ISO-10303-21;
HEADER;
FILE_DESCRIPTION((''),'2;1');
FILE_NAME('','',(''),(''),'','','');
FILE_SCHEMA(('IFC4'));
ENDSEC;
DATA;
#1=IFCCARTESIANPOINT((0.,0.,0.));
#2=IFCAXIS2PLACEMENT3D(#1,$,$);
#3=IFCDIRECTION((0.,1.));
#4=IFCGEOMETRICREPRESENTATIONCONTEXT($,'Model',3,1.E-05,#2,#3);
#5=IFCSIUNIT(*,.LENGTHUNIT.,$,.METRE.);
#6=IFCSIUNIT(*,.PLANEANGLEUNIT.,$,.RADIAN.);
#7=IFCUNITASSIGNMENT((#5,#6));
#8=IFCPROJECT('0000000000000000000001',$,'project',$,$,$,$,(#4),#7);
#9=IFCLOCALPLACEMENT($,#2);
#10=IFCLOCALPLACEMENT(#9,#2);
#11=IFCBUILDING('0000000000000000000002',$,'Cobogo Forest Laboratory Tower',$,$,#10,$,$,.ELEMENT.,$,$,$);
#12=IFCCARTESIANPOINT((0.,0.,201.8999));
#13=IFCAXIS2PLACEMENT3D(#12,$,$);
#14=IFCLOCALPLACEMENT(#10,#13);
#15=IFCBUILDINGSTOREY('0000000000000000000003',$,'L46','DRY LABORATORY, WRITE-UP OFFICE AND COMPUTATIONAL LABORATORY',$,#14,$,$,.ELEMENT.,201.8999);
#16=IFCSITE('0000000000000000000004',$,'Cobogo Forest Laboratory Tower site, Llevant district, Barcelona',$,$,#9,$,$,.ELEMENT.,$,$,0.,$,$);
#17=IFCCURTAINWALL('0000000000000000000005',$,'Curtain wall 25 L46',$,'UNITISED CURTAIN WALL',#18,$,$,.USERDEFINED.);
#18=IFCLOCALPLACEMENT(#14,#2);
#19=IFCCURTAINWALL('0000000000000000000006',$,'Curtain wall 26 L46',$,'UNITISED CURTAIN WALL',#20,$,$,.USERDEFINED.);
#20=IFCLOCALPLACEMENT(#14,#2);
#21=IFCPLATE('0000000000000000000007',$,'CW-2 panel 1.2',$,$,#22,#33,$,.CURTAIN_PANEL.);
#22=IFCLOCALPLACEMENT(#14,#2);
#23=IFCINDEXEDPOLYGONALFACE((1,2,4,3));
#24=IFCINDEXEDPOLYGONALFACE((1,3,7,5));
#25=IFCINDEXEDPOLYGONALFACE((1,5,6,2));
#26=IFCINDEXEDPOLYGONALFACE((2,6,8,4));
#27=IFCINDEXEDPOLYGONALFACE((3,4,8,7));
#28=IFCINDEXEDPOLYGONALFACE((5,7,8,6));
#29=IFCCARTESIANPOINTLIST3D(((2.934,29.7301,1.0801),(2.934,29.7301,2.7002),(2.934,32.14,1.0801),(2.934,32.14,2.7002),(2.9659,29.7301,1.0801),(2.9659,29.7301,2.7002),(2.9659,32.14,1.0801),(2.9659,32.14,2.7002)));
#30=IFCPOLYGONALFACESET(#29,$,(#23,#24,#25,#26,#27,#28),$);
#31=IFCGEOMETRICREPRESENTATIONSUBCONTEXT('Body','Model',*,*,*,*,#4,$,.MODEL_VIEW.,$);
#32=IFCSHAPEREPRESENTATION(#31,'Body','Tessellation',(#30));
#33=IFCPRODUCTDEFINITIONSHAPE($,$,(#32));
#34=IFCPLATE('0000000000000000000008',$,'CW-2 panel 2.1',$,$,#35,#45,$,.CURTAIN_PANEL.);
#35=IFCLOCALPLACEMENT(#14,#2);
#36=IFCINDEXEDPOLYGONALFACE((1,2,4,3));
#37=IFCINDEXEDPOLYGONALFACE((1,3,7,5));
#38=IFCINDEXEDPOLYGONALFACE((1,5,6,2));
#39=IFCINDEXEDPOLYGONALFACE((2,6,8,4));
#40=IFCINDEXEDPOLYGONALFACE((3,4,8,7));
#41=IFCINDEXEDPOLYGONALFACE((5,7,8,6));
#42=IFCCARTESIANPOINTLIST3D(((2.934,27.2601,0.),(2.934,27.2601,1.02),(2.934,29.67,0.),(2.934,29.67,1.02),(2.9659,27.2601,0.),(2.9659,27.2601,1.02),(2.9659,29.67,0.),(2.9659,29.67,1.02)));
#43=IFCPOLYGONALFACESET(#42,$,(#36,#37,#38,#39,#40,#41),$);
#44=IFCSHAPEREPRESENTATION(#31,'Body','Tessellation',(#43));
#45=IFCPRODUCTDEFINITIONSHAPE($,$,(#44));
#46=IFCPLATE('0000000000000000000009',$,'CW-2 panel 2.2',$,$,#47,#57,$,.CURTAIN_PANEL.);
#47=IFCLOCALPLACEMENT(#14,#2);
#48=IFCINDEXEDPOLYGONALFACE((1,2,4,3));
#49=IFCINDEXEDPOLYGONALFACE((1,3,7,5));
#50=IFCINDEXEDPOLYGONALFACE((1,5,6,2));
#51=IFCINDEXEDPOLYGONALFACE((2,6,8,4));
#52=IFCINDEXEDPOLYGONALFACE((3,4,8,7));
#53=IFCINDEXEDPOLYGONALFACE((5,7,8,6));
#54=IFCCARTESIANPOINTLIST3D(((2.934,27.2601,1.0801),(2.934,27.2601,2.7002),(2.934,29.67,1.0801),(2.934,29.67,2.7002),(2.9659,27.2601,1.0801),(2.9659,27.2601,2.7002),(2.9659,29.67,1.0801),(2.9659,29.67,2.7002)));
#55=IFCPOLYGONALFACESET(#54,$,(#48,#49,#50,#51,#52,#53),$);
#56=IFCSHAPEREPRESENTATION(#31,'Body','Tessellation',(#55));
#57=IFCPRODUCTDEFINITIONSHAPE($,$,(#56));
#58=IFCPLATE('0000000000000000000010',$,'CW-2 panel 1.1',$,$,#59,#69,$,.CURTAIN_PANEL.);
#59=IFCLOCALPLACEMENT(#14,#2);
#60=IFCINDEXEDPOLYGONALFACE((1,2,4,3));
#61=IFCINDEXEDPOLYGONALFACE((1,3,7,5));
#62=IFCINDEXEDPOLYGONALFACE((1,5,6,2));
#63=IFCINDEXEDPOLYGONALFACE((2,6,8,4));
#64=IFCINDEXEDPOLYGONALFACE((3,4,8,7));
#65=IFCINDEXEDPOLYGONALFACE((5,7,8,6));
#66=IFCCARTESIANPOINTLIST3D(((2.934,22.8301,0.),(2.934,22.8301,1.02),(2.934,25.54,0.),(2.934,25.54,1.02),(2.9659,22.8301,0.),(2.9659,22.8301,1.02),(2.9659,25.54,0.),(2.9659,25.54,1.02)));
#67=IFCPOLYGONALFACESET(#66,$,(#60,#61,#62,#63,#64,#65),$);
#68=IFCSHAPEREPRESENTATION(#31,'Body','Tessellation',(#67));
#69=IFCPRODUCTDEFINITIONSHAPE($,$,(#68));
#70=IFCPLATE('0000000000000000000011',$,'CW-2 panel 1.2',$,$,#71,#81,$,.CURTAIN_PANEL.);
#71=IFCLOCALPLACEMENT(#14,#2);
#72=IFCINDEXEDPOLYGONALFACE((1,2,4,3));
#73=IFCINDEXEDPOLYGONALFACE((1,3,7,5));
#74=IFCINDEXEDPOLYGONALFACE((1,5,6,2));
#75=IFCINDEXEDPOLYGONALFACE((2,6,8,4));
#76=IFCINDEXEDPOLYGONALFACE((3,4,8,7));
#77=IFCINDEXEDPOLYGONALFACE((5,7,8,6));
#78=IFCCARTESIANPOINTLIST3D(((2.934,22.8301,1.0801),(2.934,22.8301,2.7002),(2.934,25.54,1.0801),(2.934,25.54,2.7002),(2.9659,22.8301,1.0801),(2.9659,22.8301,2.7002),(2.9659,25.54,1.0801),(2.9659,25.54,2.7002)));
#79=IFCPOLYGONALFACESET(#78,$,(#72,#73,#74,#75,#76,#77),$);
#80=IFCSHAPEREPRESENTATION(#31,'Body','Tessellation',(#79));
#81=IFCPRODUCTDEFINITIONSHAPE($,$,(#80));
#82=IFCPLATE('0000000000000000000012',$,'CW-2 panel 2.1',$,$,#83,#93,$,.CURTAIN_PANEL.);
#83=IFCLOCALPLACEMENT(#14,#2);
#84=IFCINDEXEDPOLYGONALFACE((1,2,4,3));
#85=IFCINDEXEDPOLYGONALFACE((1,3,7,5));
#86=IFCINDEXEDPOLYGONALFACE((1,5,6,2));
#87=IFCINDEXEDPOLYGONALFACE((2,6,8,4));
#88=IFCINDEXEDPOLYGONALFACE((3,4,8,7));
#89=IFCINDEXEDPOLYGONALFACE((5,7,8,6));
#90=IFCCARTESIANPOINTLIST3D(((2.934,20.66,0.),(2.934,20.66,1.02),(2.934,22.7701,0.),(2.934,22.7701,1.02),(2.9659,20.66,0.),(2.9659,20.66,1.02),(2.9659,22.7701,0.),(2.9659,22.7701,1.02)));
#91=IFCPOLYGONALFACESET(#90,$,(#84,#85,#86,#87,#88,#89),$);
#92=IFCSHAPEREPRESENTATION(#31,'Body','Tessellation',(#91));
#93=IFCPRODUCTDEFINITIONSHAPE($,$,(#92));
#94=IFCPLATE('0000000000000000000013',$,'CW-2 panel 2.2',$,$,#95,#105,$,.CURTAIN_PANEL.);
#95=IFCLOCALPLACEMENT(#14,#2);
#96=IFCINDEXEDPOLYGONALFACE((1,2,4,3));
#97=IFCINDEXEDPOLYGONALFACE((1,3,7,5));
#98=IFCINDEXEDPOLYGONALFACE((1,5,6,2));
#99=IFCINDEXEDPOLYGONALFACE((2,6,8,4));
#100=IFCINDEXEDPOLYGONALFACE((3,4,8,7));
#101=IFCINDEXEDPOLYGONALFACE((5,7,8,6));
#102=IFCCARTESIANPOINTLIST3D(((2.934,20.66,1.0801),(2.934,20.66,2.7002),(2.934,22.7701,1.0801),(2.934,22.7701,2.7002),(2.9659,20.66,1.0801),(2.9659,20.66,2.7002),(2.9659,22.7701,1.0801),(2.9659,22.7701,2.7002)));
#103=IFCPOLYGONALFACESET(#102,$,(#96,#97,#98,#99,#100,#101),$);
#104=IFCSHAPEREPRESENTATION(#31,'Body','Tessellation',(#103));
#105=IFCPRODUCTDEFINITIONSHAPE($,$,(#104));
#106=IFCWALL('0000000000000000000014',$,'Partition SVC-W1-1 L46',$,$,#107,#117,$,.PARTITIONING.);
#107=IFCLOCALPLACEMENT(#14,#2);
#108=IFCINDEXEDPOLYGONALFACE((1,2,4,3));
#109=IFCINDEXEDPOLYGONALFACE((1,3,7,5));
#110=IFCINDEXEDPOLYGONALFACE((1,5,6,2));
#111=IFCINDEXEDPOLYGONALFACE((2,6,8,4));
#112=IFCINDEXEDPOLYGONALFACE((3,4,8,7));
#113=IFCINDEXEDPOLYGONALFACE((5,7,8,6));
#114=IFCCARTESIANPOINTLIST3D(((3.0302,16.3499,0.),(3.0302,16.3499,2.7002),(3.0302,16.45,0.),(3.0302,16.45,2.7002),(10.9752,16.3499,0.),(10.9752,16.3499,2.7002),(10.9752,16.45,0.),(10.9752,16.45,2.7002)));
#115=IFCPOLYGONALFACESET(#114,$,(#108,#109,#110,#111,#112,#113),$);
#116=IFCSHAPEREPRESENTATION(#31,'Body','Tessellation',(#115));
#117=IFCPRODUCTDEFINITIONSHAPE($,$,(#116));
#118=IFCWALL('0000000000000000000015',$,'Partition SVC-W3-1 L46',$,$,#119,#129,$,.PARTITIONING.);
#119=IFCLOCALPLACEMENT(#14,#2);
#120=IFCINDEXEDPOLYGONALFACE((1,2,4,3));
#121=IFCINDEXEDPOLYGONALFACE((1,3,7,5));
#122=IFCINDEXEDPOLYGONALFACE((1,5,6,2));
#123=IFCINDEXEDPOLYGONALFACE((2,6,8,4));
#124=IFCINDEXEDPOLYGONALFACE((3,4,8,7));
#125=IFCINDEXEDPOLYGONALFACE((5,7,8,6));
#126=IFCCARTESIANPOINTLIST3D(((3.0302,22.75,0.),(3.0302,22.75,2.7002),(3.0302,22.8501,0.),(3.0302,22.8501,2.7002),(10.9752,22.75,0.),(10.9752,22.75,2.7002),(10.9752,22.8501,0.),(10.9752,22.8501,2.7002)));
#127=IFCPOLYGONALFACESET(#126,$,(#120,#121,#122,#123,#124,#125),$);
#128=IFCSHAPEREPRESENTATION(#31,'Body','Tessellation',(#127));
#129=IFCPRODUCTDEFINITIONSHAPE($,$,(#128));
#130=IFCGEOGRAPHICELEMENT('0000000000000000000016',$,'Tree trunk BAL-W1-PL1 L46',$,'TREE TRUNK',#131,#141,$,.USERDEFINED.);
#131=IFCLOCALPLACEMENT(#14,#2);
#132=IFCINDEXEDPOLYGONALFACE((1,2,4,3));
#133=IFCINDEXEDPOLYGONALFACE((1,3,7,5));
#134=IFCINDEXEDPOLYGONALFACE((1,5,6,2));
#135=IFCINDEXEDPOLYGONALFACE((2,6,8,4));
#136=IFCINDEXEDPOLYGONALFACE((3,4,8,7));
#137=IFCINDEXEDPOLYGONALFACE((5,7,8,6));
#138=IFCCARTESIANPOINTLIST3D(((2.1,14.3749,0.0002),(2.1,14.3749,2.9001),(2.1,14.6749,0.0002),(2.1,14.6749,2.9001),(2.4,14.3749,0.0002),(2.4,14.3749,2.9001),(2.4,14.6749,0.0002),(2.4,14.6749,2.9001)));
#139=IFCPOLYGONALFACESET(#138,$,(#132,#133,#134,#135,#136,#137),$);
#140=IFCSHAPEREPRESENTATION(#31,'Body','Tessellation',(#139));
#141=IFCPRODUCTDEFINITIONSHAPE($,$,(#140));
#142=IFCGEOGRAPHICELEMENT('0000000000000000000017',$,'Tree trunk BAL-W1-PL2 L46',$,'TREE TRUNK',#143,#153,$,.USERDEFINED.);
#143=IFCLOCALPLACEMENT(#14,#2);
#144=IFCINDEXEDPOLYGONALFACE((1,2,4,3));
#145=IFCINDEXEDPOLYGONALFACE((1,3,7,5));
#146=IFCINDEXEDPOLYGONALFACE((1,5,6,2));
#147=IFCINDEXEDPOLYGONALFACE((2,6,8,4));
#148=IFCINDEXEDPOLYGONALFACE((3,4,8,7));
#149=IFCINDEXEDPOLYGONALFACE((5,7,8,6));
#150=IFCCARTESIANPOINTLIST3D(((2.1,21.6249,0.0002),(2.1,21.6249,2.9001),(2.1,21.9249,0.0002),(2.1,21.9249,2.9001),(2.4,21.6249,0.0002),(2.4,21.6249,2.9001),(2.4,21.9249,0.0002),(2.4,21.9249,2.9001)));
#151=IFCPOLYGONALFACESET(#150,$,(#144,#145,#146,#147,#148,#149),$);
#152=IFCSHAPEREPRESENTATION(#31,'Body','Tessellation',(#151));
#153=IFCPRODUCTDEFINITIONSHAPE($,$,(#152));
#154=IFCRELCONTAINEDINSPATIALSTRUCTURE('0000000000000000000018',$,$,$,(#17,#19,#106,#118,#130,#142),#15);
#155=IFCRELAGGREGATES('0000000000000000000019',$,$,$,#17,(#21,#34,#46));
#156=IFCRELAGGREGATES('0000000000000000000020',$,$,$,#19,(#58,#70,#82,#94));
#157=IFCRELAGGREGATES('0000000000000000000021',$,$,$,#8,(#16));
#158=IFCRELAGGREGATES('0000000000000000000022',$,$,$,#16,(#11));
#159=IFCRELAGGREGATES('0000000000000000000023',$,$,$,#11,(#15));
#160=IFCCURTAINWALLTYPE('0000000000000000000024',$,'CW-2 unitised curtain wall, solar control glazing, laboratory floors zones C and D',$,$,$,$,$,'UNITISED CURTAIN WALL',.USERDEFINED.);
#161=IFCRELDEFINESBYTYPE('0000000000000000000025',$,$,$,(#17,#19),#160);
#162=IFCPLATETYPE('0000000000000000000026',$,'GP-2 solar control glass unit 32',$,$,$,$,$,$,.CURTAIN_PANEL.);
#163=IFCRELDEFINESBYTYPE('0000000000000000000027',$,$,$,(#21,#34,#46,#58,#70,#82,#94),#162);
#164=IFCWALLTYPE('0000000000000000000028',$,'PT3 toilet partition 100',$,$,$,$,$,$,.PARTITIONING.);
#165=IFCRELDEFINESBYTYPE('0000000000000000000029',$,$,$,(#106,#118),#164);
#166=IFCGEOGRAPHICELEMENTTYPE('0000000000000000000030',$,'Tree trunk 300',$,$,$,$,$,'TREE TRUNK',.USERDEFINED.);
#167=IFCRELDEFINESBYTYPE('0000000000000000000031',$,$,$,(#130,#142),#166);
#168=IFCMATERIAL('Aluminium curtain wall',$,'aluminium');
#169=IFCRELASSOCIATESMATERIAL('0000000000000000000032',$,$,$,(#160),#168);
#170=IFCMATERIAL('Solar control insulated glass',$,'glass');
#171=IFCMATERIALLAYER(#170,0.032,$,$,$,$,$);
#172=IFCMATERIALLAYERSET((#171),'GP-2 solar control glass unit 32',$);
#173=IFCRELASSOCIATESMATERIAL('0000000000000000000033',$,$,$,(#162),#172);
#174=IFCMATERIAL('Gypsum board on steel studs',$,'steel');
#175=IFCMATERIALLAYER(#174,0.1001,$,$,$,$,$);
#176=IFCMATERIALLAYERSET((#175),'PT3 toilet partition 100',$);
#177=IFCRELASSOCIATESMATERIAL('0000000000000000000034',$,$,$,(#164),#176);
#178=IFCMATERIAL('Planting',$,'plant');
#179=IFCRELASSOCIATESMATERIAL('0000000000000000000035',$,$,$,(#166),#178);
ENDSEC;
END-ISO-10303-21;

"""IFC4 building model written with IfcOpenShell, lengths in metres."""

from ifc_helpers import new_model, si_unit, direction, frame, frame_2d, origin, origin_2d, place, context, subcontext, project, spatial, rectangle, extrude, material, layer, layer_set, type_object, element, aggregate, save


model = new_model("IFC4")

# Units and contexts
model_context = context("Model", 3, precision=1e-05, world=origin(), true_north=direction((0.0, 1.0)))
body_context = subcontext(model_context, "Body", "Model", "MODEL_VIEW")
ifc_project = project(units=[si_unit("LENGTHUNIT", "METRE"), si_unit("PLANEANGLEUNIT", "RADIAN")], contexts=[model_context])

# Site, building, storey
site_placement = place(None, origin())
site = spatial("IfcSite", under=ifc_project, at=site_placement, Name="Cobogo Forest Laboratory Tower site, Llevant district, Barcelona", CompositionType="ELEMENT", RefElevation=0.0)
building_placement = place(site_placement, origin())
building = spatial("IfcBuilding", under=site, at=building_placement, Name="Cobogo Forest Laboratory Tower", CompositionType="ELEMENT")
storey_placement = place(building_placement, frame((0.0, 0.0, 201.8999)))
storey = spatial("IfcBuildingStorey", under=building, at=storey_placement, Name="L46", Description="DRY LABORATORY, WRITE-UP OFFICE AND COMPUTATIONAL LABORATORY", CompositionType="ELEMENT", Elevation=201.8999)

# Curtain walls
ifc_material_1 = material(Name="Aluminium curtain wall", Category="aluminium")
curtain_wall_type = type_object("IfcCurtainWallType", Name="CW-2 unitised curtain wall, solar control glazing, laboratory floors zones C and D", ElementType="UNITISED CURTAIN WALL", PredefinedType="USERDEFINED", material=ifc_material_1)
curtain_wall_1_placement = place(storey_placement, origin())
curtain_wall_1 = element("IfcCurtainWall", 1, at=curtain_wall_1_placement, inside=storey, type_object=curtain_wall_type, Name="Curtain wall 25 L46", ObjectType="UNITISED CURTAIN WALL", PredefinedType="USERDEFINED")
curtain_wall_2_placement = place(storey_placement, origin())
curtain_wall_2 = element("IfcCurtainWall", 2, at=curtain_wall_2_placement, inside=storey, type_object=curtain_wall_type, Name="Curtain wall 26 L46", ObjectType="UNITISED CURTAIN WALL", PredefinedType="USERDEFINED")

# Plates
ifc_material_2 = material(Name="Solar control insulated glass", Category="glass")
ifc_layer_1 = layer(ifc_material_2, 0.032)
ifc_layer_set_1 = layer_set([ifc_layer_1], Name="GP-2 solar control glass unit 32")
plate_type_1 = type_object("IfcPlateType", Name="GP-2 solar control glass unit 32", PredefinedType="CURTAIN_PANEL", material=ifc_layer_set_1)
plate_1_placement = place(storey_placement, frame((2.95, 30.9351, 1.0801), z_axis=(0.0, 0.0, 1.0), x_axis=(0.0, -1.0, 0.0)))
plate_1 = element("IfcPlate", 3, at=plate_1_placement, type_object=plate_type_1, Name="CW-2 panel 1.2", PredefinedType="CURTAIN_PANEL", context=body_context, shape_type="SweptSolid", body=[
    extrude(rectangle(XDim=2.4099, YDim=0.032, at=origin_2d()), origin(), (0.0, 0.0, 1.0), 1.6201),
])
plate_2_placement = place(storey_placement, frame((2.95, 28.4651, 0.0), z_axis=(0.0, 0.0, 1.0), x_axis=(0.0, -1.0, 0.0)))
plate_2 = element("IfcPlate", 4, at=plate_2_placement, type_object=plate_type_1, Name="CW-2 panel 2.1", PredefinedType="CURTAIN_PANEL", context=body_context, shape_type="SweptSolid", body=[
    extrude(rectangle(XDim=2.4099, YDim=0.032, at=origin_2d()), origin(), (0.0, 0.0, 1.0), 1.02),
])
plate_3_placement = place(storey_placement, frame((2.95, 28.4651, 1.0801), z_axis=(0.0, 0.0, 1.0), x_axis=(0.0, -1.0, 0.0)))
plate_3 = element("IfcPlate", 5, at=plate_3_placement, type_object=plate_type_1, Name="CW-2 panel 2.2", PredefinedType="CURTAIN_PANEL", context=body_context, shape_type="SweptSolid", body=[
    extrude(rectangle(XDim=2.4099, YDim=0.032, at=origin_2d()), origin(), (0.0, 0.0, 1.0), 1.6201),
])
aggregate(curtain_wall_1, [plate_1, plate_2, plate_3])
plate_4_placement = place(storey_placement, frame((2.95, 24.1851, 0.0), z_axis=(0.0, 0.0, 1.0), x_axis=(0.0, -1.0, 0.0)))
plate_4 = element("IfcPlate", 6, at=plate_4_placement, type_object=plate_type_1, Name="CW-2 panel 1.1", PredefinedType="CURTAIN_PANEL", context=body_context, shape_type="SweptSolid", body=[
    extrude(rectangle(XDim=2.71, YDim=0.032, at=origin_2d()), origin(), (0.0, 0.0, 1.0), 1.02),
])
plate_5_placement = place(storey_placement, frame((2.95, 24.1851, 1.0801), z_axis=(0.0, 0.0, 1.0), x_axis=(0.0, -1.0, 0.0)))
plate_5 = element("IfcPlate", 7, at=plate_5_placement, type_object=plate_type_1, Name="CW-2 panel 1.2", PredefinedType="CURTAIN_PANEL", context=body_context, shape_type="SweptSolid", body=[
    extrude(rectangle(XDim=2.71, YDim=0.032, at=origin_2d()), origin(), (0.0, 0.0, 1.0), 1.6201),
])
plate_6_placement = place(storey_placement, frame((2.95, 21.7151, 0.0), z_axis=(0.0, 0.0, 1.0), x_axis=(0.0, -1.0, 0.0)))
plate_6 = element("IfcPlate", 8, at=plate_6_placement, type_object=plate_type_1, Name="CW-2 panel 2.1", PredefinedType="CURTAIN_PANEL", context=body_context, shape_type="SweptSolid", body=[
    extrude(rectangle(XDim=2.1101, YDim=0.032, at=origin_2d()), origin(), (0.0, 0.0, 1.0), 1.02),
])
plate_7_placement = place(storey_placement, frame((2.95, 21.7151, 1.0801), z_axis=(0.0, 0.0, 1.0), x_axis=(0.0, -1.0, 0.0)))
plate_7 = element("IfcPlate", 9, at=plate_7_placement, type_object=plate_type_1, Name="CW-2 panel 2.2", PredefinedType="CURTAIN_PANEL", context=body_context, shape_type="SweptSolid", body=[
    extrude(rectangle(XDim=2.1101, YDim=0.032, at=origin_2d()), origin(), (0.0, 0.0, 1.0), 1.6201),
])
aggregate(curtain_wall_2, [plate_4, plate_5, plate_6, plate_7])

# Walls
ifc_material_3 = material(Name="Gypsum board on steel studs", Category="steel")
ifc_layer_2 = layer(ifc_material_3, 0.1001)
ifc_layer_set_2 = layer_set([ifc_layer_2], Name="PT3 toilet partition 100")
wall_type_1 = type_object("IfcWallType", Name="PT3 toilet partition 100", PredefinedType="PARTITIONING", material=ifc_layer_set_2)
for number, where, z_axis, x_axis, name in (
    (10, (3.03, 16.3999, 0.0), (0.0, 0.0, 1.0), (1.0, 0.0, 0.0), "Partition SVC-W1-1 L46"),
    (11, (3.03, 22.8, 0.0), (0.0, 0.0, 1.0), (1.0, 0.0, 0.0), "Partition SVC-W3-1 L46"),
):
    element("IfcWall", number, at=place(storey_placement, frame(where, z_axis=z_axis, x_axis=x_axis)), inside=storey, type_object=wall_type_1, Name=name, PredefinedType="PARTITIONING", context=body_context, shape_type="SweptSolid", body=[
        extrude(rectangle(XDim=7.9451, YDim=0.1001, at=frame_2d((3.9727, 0.0))), origin(), (0.0, 0.0, 1.0), 2.7002),
    ])

# Geographic elements
ifc_material_4 = material(Name="Planting", Category="plant")
geographic_element_type = type_object("IfcGeographicElementType", Name="Tree trunk 300", ElementType="TREE TRUNK", PredefinedType="USERDEFINED", material=ifc_material_4)
for number, where, z_axis, x_axis, name in (
    (12, (2.25, 14.5249, 0.0002), (0.0, 0.0, 1.0), (1.0, 0.0, 0.0), "Tree trunk BAL-W1-PL1 L46"),
    (13, (2.25, 21.7749, 0.0002), (0.0, 0.0, 1.0), (1.0, 0.0, 0.0), "Tree trunk BAL-W1-PL2 L46"),
):
    element("IfcGeographicElement", number, at=place(storey_placement, frame(where, z_axis=z_axis, x_axis=x_axis)), inside=storey, type_object=geographic_element_type, Name=name, ObjectType="TREE TRUNK", PredefinedType="USERDEFINED", context=body_context, shape_type="SweptSolid", body=[
        extrude(rectangle(XDim=0.3, YDim=0.3, at=origin_2d()), origin(), (0.0, 0.0, 1.0), 2.8999),
    ])

save(model, "model.ifc")
